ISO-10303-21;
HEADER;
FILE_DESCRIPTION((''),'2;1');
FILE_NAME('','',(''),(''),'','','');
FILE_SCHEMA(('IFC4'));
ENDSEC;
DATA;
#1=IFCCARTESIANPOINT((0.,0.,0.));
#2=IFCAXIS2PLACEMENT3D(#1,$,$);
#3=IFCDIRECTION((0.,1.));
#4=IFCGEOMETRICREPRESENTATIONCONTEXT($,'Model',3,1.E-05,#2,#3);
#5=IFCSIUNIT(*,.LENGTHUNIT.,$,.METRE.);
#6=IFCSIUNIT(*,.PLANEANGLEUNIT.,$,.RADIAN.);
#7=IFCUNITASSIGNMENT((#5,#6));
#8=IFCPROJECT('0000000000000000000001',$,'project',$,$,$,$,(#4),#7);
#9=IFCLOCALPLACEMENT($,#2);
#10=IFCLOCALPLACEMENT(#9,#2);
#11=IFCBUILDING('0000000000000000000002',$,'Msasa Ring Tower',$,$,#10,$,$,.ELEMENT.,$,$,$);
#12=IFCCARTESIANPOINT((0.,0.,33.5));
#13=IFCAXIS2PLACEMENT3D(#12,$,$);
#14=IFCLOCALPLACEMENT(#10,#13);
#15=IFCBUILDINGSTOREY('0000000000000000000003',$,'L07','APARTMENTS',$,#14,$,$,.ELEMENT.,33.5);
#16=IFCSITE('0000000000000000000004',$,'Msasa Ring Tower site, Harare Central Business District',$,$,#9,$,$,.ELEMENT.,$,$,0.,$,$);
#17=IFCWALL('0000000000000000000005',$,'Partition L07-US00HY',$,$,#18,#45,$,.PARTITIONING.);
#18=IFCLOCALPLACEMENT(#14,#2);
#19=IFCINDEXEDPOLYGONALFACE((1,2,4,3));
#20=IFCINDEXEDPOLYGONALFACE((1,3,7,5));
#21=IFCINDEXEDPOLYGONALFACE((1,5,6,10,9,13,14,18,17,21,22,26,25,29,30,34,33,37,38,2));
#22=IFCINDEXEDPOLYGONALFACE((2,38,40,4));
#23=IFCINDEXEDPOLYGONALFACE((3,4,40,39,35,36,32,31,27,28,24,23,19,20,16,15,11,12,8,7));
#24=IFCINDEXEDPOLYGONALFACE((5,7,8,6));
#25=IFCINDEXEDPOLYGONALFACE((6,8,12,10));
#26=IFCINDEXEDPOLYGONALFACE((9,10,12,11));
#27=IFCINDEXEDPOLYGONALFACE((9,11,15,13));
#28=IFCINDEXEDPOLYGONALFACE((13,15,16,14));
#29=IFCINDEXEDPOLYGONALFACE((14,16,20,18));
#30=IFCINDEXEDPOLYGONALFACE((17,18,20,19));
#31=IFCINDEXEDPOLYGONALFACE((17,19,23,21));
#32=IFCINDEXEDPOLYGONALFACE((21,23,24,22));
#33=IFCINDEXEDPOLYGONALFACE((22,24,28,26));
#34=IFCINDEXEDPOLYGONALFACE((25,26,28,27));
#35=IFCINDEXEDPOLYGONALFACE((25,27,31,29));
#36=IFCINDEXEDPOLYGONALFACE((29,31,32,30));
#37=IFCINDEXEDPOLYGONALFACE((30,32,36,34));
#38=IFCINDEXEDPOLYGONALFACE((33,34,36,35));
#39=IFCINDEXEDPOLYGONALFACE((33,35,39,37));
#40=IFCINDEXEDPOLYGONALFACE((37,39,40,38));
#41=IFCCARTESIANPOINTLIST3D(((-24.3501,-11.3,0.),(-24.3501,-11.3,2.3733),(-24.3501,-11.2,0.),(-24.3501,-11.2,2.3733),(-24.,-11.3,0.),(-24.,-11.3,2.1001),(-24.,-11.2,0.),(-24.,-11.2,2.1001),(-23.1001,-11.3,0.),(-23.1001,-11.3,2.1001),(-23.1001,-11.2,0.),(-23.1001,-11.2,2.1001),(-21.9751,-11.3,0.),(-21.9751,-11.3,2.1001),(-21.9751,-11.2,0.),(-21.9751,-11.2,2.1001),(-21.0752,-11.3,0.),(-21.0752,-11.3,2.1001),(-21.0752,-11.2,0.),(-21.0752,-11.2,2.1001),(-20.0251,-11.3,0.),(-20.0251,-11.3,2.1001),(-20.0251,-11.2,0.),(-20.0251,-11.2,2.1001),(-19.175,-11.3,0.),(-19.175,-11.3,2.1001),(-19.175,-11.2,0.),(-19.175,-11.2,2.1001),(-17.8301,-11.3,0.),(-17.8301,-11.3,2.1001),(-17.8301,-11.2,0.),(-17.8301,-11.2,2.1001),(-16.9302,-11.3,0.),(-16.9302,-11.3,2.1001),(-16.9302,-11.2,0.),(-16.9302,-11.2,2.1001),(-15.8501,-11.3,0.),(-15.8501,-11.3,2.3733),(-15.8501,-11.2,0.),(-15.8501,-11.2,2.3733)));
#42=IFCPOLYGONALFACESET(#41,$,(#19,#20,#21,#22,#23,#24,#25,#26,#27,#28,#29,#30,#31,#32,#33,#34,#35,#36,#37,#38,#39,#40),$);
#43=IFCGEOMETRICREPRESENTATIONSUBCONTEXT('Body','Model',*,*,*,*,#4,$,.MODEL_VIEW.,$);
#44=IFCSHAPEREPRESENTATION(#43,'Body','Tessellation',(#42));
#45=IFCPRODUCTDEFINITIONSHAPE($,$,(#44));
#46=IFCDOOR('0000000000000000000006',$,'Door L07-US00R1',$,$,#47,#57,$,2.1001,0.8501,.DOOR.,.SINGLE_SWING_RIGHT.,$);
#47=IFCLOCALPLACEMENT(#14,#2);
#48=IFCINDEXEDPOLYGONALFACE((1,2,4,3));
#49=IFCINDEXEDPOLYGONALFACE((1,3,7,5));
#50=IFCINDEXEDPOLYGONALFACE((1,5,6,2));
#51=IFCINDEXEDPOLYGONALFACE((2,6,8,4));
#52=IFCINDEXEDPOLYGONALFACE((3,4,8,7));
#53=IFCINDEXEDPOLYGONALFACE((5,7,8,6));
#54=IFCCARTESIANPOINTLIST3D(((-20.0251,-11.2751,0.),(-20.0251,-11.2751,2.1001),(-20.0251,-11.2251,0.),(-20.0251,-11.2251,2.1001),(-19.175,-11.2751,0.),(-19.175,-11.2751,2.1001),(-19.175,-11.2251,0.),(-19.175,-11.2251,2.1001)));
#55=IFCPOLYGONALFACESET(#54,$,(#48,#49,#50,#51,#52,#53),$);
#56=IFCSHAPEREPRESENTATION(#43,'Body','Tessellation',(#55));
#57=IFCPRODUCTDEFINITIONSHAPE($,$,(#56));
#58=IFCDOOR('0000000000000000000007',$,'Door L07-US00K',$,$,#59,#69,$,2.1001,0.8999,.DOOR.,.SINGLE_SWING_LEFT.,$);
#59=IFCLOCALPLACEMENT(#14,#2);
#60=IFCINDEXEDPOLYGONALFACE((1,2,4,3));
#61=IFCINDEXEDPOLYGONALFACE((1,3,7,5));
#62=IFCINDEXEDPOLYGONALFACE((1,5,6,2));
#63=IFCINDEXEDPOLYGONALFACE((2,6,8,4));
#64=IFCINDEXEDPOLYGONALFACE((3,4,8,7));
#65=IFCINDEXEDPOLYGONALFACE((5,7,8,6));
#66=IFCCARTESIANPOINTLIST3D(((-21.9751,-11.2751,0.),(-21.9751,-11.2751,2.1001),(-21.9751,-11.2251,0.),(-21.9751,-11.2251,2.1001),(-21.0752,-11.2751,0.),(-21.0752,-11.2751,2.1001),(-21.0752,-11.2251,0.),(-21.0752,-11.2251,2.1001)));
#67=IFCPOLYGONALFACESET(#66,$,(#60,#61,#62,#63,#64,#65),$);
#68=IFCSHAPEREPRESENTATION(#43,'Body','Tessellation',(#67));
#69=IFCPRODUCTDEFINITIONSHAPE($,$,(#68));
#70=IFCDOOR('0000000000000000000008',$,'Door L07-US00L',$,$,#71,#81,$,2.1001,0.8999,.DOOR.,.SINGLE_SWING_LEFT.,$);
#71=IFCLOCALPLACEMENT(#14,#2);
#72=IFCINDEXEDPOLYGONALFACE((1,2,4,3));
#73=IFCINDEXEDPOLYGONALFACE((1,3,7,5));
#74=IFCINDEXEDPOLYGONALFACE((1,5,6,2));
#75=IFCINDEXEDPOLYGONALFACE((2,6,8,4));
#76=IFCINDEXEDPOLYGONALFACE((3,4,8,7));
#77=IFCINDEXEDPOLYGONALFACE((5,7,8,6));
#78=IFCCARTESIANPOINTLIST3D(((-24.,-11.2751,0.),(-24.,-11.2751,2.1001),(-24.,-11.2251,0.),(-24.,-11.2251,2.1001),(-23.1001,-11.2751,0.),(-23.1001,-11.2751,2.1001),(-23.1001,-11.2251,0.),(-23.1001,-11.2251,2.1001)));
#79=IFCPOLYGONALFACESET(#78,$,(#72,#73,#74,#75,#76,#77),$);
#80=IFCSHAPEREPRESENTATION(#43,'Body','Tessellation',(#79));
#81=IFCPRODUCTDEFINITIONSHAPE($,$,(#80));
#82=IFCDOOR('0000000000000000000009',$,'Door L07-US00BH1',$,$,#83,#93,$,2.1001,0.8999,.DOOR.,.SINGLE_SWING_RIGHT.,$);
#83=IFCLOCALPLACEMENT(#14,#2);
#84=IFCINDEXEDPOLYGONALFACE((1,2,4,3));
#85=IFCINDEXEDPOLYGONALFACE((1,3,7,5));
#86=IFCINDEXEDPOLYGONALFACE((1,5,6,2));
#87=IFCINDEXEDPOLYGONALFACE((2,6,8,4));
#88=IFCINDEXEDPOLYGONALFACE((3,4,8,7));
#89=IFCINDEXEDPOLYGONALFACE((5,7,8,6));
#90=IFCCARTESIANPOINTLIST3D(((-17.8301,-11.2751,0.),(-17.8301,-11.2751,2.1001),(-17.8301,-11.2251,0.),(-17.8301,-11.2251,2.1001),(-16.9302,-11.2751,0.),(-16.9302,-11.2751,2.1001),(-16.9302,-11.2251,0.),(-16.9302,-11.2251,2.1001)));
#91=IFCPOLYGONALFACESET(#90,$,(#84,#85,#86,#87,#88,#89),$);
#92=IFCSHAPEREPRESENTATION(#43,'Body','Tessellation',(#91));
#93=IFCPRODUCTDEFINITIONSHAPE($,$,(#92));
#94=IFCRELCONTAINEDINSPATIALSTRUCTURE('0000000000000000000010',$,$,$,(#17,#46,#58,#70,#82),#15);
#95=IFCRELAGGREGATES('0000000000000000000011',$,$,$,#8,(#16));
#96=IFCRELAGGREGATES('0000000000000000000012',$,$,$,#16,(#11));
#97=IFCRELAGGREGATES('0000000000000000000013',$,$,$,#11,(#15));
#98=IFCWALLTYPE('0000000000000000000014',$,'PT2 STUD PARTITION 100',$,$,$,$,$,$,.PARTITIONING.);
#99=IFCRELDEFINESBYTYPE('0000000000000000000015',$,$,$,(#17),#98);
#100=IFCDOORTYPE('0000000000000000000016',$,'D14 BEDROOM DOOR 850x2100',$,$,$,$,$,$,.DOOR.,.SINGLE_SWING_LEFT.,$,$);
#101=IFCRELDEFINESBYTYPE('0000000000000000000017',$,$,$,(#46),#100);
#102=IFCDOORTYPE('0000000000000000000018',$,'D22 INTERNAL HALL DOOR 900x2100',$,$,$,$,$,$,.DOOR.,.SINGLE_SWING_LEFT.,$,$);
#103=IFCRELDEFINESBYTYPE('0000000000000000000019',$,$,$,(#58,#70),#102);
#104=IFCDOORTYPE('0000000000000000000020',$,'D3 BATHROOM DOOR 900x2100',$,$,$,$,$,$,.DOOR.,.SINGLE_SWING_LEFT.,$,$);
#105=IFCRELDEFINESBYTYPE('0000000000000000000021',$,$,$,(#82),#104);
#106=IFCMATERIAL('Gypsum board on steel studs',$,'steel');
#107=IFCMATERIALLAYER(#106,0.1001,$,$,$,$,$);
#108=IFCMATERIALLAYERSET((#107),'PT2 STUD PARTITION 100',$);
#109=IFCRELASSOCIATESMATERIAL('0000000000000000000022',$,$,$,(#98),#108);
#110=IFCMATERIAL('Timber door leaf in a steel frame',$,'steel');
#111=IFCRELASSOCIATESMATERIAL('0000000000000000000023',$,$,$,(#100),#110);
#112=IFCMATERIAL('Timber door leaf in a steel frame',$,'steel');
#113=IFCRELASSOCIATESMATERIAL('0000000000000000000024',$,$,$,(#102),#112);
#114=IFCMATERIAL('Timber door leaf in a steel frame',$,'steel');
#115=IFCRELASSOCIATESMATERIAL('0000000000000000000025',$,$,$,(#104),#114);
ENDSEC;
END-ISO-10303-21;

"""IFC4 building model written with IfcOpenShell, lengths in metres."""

from ifc_helpers import new_model, si_unit, direction, frame, frame_2d, origin, place, context, subcontext, project, spatial, rectangle, extrude, material, layer, layer_set, type_object, element, fill, save


model = new_model("IFC4")

# Units and contexts
model_context = context("Model", 3, precision=1e-05, world=origin(), true_north=direction((0.0, 1.0)))
body_context = subcontext(model_context, "Body", "Model", "MODEL_VIEW")
ifc_project = project(units=[si_unit("LENGTHUNIT", "METRE"), si_unit("PLANEANGLEUNIT", "RADIAN")], contexts=[model_context])

# Site, building, storey
site_placement = place(None, origin())
site = spatial("IfcSite", under=ifc_project, at=site_placement, Name="Msasa Ring Tower site, Harare Central Business District", CompositionType="ELEMENT", RefElevation=0.0)
building_placement = place(site_placement, origin())
building = spatial("IfcBuilding", under=site, at=building_placement, Name="Msasa Ring Tower", CompositionType="ELEMENT")
storey_placement = place(building_placement, frame((0.0, 0.0, 33.5)))
storey = spatial("IfcBuildingStorey", under=building, at=storey_placement, Name="L07", Description="APARTMENTS", CompositionType="ELEMENT", Elevation=33.5)

# Wall, openings, doors
ifc_material_1 = material(Name="Gypsum board on steel studs", Category="steel")
ifc_layer_1 = layer(ifc_material_1, 0.1001)
ifc_layer_set_1 = layer_set([ifc_layer_1], Name="PT2 STUD PARTITION 100")
wall_type_1 = type_object("IfcWallType", Name="PT2 STUD PARTITION 100", PredefinedType="PARTITIONING", material=ifc_layer_set_1)
wall_1_placement = place(storey_placement, frame((-24.3501, -11.25, 0.0), z_axis=(0.0, 0.0, 1.0), x_axis=(1.0, 0.0, 0.0)))
wall_1 = element("IfcWall", 1, at=wall_1_placement, inside=storey, type_object=wall_type_1, Name="Partition L07-US00HY", PredefinedType="PARTITIONING", context=body_context, shape_type="SweptSolid", body=[
    extrude(rectangle(XDim=8.5, YDim=0.1001, at=frame_2d((4.25, 0.0))), origin(), (0.0, 0.0, 1.0), 2.3733),
])
opening_1_placement = place(wall_1_placement, frame((2.375, 0.0, 0.0)))
opening_1 = element("IfcOpeningElement", 2, at=opening_1_placement, cuts=wall_1, PredefinedType="OPENING", context=body_context, shape_type="SweptSolid", body=[
    extrude(rectangle(XDim=0.8999, YDim=2.1001, at=frame_2d((0.45, 1.05))), frame((0.0, 0.0601, 0.0), z_axis=(0.0, -1.0, 0.0), x_axis=(1.0, 0.0, 0.0)), (0.0, 0.0, 1.0), 0.1201),
])
opening_2_placement = place(wall_1_placement, frame((0.3501, 0.0, 0.0)))
opening_2 = element("IfcOpeningElement", 3, at=opening_2_placement, cuts=wall_1, PredefinedType="OPENING", context=body_context, shape_type="SweptSolid", body=[
    extrude(rectangle(XDim=0.8999, YDim=2.1001, at=frame_2d((0.45, 1.05))), frame((0.0, 0.0601, 0.0), z_axis=(0.0, -1.0, 0.0), x_axis=(1.0, 0.0, 0.0)), (0.0, 0.0, 1.0), 0.1201),
])
opening_3_placement = place(wall_1_placement, frame((4.325, 0.0, 0.0)))
opening_3 = element("IfcOpeningElement", 4, at=opening_3_placement, cuts=wall_1, PredefinedType="OPENING", context=body_context, shape_type="SweptSolid", body=[
    extrude(rectangle(XDim=0.8501, YDim=2.1001, at=frame_2d((0.425, 1.05))), frame((0.0, 0.0601, 0.0), z_axis=(0.0, -1.0, 0.0), x_axis=(1.0, 0.0, 0.0)), (0.0, 0.0, 1.0), 0.1201),
])
opening_4_placement = place(wall_1_placement, frame((6.52, 0.0, 0.0)))
opening_4 = element("IfcOpeningElement", 5, at=opening_4_placement, cuts=wall_1, PredefinedType="OPENING", context=body_context, shape_type="SweptSolid", body=[
    extrude(rectangle(XDim=0.8999, YDim=2.1001, at=frame_2d((0.45, 1.05))), frame((0.0, 0.0601, 0.0), z_axis=(0.0, -1.0, 0.0), x_axis=(1.0, 0.0, 0.0)), (0.0, 0.0, 1.0), 0.1201),
])
ifc_material_2 = material(Name="Timber door leaf in a steel frame", Category="steel")
door_type_1 = type_object("IfcDoorType", Name="D14 BEDROOM DOOR 850x2100", OperationType="SINGLE_SWING_LEFT", PredefinedType="DOOR", material=ifc_material_2)
door_1_placement = place(opening_3_placement, origin())
door_1 = element("IfcDoor", 6, at=door_1_placement, inside=storey, type_object=door_type_1, Name="Door L07-US00R1", OperationType="SINGLE_SWING_RIGHT", OverallHeight=2.1001, OverallWidth=0.8501, PredefinedType="DOOR", context=body_context, shape_type="SweptSolid", body=[
    extrude(rectangle(XDim=0.8501, YDim=2.1001, at=frame_2d((0.425, 1.05))), frame((0.0, 0.0249, 0.0), z_axis=(0.0, -1.0, 0.0), x_axis=(1.0, 0.0, 0.0)), (0.0, 0.0, 1.0), 0.05),
])
fill(opening_3, door_1)
ifc_material_3 = material(Name="Timber door leaf in a steel frame", Category="steel")
door_type_2 = type_object("IfcDoorType", Name="D22 INTERNAL HALL DOOR 900x2100", OperationType="SINGLE_SWING_LEFT", PredefinedType="DOOR", material=ifc_material_3)
door_2_placement = place(opening_1_placement, origin())
door_2 = element("IfcDoor", 7, at=door_2_placement, inside=storey, type_object=door_type_2, Name="Door L07-US00K", OperationType="SINGLE_SWING_LEFT", OverallHeight=2.1001, OverallWidth=0.8999, PredefinedType="DOOR", context=body_context, shape_type="SweptSolid", body=[
    extrude(rectangle(XDim=0.8999, YDim=2.1001, at=frame_2d((0.45, 1.05))), frame((0.0, 0.0249, 0.0), z_axis=(0.0, -1.0, 0.0), x_axis=(1.0, 0.0, 0.0)), (0.0, 0.0, 1.0), 0.05),
])
fill(opening_1, door_2)
door_3_placement = place(opening_2_placement, origin())
door_3 = element("IfcDoor", 8, at=door_3_placement, inside=storey, type_object=door_type_2, Name="Door L07-US00L", OperationType="SINGLE_SWING_LEFT", OverallHeight=2.1001, OverallWidth=0.8999, PredefinedType="DOOR", context=body_context, shape_type="SweptSolid", body=[
    extrude(rectangle(XDim=0.8999, YDim=2.1001, at=frame_2d((0.45, 1.05))), frame((0.0, 0.0249, 0.0), z_axis=(0.0, -1.0, 0.0), x_axis=(1.0, 0.0, 0.0)), (0.0, 0.0, 1.0), 0.05),
])
fill(opening_2, door_3)
ifc_material_4 = material(Name="Timber door leaf in a steel frame", Category="steel")
door_type_3 = type_object("IfcDoorType", Name="D3 BATHROOM DOOR 900x2100", OperationType="SINGLE_SWING_LEFT", PredefinedType="DOOR", material=ifc_material_4)
door_4_placement = place(opening_4_placement, origin())
door_4 = element("IfcDoor", 9, at=door_4_placement, inside=storey, type_object=door_type_3, Name="Door L07-US00BH1", OperationType="SINGLE_SWING_RIGHT", OverallHeight=2.1001, OverallWidth=0.8999, PredefinedType="DOOR", context=body_context, shape_type="SweptSolid", body=[
    extrude(rectangle(XDim=0.8999, YDim=2.1001, at=frame_2d((0.45, 1.05))), frame((0.0, 0.0249, 0.0), z_axis=(0.0, -1.0, 0.0), x_axis=(1.0, 0.0, 0.0)), (0.0, 0.0, 1.0), 0.05),
])
fill(opening_4, door_4)

save(model, "model.ifc")
